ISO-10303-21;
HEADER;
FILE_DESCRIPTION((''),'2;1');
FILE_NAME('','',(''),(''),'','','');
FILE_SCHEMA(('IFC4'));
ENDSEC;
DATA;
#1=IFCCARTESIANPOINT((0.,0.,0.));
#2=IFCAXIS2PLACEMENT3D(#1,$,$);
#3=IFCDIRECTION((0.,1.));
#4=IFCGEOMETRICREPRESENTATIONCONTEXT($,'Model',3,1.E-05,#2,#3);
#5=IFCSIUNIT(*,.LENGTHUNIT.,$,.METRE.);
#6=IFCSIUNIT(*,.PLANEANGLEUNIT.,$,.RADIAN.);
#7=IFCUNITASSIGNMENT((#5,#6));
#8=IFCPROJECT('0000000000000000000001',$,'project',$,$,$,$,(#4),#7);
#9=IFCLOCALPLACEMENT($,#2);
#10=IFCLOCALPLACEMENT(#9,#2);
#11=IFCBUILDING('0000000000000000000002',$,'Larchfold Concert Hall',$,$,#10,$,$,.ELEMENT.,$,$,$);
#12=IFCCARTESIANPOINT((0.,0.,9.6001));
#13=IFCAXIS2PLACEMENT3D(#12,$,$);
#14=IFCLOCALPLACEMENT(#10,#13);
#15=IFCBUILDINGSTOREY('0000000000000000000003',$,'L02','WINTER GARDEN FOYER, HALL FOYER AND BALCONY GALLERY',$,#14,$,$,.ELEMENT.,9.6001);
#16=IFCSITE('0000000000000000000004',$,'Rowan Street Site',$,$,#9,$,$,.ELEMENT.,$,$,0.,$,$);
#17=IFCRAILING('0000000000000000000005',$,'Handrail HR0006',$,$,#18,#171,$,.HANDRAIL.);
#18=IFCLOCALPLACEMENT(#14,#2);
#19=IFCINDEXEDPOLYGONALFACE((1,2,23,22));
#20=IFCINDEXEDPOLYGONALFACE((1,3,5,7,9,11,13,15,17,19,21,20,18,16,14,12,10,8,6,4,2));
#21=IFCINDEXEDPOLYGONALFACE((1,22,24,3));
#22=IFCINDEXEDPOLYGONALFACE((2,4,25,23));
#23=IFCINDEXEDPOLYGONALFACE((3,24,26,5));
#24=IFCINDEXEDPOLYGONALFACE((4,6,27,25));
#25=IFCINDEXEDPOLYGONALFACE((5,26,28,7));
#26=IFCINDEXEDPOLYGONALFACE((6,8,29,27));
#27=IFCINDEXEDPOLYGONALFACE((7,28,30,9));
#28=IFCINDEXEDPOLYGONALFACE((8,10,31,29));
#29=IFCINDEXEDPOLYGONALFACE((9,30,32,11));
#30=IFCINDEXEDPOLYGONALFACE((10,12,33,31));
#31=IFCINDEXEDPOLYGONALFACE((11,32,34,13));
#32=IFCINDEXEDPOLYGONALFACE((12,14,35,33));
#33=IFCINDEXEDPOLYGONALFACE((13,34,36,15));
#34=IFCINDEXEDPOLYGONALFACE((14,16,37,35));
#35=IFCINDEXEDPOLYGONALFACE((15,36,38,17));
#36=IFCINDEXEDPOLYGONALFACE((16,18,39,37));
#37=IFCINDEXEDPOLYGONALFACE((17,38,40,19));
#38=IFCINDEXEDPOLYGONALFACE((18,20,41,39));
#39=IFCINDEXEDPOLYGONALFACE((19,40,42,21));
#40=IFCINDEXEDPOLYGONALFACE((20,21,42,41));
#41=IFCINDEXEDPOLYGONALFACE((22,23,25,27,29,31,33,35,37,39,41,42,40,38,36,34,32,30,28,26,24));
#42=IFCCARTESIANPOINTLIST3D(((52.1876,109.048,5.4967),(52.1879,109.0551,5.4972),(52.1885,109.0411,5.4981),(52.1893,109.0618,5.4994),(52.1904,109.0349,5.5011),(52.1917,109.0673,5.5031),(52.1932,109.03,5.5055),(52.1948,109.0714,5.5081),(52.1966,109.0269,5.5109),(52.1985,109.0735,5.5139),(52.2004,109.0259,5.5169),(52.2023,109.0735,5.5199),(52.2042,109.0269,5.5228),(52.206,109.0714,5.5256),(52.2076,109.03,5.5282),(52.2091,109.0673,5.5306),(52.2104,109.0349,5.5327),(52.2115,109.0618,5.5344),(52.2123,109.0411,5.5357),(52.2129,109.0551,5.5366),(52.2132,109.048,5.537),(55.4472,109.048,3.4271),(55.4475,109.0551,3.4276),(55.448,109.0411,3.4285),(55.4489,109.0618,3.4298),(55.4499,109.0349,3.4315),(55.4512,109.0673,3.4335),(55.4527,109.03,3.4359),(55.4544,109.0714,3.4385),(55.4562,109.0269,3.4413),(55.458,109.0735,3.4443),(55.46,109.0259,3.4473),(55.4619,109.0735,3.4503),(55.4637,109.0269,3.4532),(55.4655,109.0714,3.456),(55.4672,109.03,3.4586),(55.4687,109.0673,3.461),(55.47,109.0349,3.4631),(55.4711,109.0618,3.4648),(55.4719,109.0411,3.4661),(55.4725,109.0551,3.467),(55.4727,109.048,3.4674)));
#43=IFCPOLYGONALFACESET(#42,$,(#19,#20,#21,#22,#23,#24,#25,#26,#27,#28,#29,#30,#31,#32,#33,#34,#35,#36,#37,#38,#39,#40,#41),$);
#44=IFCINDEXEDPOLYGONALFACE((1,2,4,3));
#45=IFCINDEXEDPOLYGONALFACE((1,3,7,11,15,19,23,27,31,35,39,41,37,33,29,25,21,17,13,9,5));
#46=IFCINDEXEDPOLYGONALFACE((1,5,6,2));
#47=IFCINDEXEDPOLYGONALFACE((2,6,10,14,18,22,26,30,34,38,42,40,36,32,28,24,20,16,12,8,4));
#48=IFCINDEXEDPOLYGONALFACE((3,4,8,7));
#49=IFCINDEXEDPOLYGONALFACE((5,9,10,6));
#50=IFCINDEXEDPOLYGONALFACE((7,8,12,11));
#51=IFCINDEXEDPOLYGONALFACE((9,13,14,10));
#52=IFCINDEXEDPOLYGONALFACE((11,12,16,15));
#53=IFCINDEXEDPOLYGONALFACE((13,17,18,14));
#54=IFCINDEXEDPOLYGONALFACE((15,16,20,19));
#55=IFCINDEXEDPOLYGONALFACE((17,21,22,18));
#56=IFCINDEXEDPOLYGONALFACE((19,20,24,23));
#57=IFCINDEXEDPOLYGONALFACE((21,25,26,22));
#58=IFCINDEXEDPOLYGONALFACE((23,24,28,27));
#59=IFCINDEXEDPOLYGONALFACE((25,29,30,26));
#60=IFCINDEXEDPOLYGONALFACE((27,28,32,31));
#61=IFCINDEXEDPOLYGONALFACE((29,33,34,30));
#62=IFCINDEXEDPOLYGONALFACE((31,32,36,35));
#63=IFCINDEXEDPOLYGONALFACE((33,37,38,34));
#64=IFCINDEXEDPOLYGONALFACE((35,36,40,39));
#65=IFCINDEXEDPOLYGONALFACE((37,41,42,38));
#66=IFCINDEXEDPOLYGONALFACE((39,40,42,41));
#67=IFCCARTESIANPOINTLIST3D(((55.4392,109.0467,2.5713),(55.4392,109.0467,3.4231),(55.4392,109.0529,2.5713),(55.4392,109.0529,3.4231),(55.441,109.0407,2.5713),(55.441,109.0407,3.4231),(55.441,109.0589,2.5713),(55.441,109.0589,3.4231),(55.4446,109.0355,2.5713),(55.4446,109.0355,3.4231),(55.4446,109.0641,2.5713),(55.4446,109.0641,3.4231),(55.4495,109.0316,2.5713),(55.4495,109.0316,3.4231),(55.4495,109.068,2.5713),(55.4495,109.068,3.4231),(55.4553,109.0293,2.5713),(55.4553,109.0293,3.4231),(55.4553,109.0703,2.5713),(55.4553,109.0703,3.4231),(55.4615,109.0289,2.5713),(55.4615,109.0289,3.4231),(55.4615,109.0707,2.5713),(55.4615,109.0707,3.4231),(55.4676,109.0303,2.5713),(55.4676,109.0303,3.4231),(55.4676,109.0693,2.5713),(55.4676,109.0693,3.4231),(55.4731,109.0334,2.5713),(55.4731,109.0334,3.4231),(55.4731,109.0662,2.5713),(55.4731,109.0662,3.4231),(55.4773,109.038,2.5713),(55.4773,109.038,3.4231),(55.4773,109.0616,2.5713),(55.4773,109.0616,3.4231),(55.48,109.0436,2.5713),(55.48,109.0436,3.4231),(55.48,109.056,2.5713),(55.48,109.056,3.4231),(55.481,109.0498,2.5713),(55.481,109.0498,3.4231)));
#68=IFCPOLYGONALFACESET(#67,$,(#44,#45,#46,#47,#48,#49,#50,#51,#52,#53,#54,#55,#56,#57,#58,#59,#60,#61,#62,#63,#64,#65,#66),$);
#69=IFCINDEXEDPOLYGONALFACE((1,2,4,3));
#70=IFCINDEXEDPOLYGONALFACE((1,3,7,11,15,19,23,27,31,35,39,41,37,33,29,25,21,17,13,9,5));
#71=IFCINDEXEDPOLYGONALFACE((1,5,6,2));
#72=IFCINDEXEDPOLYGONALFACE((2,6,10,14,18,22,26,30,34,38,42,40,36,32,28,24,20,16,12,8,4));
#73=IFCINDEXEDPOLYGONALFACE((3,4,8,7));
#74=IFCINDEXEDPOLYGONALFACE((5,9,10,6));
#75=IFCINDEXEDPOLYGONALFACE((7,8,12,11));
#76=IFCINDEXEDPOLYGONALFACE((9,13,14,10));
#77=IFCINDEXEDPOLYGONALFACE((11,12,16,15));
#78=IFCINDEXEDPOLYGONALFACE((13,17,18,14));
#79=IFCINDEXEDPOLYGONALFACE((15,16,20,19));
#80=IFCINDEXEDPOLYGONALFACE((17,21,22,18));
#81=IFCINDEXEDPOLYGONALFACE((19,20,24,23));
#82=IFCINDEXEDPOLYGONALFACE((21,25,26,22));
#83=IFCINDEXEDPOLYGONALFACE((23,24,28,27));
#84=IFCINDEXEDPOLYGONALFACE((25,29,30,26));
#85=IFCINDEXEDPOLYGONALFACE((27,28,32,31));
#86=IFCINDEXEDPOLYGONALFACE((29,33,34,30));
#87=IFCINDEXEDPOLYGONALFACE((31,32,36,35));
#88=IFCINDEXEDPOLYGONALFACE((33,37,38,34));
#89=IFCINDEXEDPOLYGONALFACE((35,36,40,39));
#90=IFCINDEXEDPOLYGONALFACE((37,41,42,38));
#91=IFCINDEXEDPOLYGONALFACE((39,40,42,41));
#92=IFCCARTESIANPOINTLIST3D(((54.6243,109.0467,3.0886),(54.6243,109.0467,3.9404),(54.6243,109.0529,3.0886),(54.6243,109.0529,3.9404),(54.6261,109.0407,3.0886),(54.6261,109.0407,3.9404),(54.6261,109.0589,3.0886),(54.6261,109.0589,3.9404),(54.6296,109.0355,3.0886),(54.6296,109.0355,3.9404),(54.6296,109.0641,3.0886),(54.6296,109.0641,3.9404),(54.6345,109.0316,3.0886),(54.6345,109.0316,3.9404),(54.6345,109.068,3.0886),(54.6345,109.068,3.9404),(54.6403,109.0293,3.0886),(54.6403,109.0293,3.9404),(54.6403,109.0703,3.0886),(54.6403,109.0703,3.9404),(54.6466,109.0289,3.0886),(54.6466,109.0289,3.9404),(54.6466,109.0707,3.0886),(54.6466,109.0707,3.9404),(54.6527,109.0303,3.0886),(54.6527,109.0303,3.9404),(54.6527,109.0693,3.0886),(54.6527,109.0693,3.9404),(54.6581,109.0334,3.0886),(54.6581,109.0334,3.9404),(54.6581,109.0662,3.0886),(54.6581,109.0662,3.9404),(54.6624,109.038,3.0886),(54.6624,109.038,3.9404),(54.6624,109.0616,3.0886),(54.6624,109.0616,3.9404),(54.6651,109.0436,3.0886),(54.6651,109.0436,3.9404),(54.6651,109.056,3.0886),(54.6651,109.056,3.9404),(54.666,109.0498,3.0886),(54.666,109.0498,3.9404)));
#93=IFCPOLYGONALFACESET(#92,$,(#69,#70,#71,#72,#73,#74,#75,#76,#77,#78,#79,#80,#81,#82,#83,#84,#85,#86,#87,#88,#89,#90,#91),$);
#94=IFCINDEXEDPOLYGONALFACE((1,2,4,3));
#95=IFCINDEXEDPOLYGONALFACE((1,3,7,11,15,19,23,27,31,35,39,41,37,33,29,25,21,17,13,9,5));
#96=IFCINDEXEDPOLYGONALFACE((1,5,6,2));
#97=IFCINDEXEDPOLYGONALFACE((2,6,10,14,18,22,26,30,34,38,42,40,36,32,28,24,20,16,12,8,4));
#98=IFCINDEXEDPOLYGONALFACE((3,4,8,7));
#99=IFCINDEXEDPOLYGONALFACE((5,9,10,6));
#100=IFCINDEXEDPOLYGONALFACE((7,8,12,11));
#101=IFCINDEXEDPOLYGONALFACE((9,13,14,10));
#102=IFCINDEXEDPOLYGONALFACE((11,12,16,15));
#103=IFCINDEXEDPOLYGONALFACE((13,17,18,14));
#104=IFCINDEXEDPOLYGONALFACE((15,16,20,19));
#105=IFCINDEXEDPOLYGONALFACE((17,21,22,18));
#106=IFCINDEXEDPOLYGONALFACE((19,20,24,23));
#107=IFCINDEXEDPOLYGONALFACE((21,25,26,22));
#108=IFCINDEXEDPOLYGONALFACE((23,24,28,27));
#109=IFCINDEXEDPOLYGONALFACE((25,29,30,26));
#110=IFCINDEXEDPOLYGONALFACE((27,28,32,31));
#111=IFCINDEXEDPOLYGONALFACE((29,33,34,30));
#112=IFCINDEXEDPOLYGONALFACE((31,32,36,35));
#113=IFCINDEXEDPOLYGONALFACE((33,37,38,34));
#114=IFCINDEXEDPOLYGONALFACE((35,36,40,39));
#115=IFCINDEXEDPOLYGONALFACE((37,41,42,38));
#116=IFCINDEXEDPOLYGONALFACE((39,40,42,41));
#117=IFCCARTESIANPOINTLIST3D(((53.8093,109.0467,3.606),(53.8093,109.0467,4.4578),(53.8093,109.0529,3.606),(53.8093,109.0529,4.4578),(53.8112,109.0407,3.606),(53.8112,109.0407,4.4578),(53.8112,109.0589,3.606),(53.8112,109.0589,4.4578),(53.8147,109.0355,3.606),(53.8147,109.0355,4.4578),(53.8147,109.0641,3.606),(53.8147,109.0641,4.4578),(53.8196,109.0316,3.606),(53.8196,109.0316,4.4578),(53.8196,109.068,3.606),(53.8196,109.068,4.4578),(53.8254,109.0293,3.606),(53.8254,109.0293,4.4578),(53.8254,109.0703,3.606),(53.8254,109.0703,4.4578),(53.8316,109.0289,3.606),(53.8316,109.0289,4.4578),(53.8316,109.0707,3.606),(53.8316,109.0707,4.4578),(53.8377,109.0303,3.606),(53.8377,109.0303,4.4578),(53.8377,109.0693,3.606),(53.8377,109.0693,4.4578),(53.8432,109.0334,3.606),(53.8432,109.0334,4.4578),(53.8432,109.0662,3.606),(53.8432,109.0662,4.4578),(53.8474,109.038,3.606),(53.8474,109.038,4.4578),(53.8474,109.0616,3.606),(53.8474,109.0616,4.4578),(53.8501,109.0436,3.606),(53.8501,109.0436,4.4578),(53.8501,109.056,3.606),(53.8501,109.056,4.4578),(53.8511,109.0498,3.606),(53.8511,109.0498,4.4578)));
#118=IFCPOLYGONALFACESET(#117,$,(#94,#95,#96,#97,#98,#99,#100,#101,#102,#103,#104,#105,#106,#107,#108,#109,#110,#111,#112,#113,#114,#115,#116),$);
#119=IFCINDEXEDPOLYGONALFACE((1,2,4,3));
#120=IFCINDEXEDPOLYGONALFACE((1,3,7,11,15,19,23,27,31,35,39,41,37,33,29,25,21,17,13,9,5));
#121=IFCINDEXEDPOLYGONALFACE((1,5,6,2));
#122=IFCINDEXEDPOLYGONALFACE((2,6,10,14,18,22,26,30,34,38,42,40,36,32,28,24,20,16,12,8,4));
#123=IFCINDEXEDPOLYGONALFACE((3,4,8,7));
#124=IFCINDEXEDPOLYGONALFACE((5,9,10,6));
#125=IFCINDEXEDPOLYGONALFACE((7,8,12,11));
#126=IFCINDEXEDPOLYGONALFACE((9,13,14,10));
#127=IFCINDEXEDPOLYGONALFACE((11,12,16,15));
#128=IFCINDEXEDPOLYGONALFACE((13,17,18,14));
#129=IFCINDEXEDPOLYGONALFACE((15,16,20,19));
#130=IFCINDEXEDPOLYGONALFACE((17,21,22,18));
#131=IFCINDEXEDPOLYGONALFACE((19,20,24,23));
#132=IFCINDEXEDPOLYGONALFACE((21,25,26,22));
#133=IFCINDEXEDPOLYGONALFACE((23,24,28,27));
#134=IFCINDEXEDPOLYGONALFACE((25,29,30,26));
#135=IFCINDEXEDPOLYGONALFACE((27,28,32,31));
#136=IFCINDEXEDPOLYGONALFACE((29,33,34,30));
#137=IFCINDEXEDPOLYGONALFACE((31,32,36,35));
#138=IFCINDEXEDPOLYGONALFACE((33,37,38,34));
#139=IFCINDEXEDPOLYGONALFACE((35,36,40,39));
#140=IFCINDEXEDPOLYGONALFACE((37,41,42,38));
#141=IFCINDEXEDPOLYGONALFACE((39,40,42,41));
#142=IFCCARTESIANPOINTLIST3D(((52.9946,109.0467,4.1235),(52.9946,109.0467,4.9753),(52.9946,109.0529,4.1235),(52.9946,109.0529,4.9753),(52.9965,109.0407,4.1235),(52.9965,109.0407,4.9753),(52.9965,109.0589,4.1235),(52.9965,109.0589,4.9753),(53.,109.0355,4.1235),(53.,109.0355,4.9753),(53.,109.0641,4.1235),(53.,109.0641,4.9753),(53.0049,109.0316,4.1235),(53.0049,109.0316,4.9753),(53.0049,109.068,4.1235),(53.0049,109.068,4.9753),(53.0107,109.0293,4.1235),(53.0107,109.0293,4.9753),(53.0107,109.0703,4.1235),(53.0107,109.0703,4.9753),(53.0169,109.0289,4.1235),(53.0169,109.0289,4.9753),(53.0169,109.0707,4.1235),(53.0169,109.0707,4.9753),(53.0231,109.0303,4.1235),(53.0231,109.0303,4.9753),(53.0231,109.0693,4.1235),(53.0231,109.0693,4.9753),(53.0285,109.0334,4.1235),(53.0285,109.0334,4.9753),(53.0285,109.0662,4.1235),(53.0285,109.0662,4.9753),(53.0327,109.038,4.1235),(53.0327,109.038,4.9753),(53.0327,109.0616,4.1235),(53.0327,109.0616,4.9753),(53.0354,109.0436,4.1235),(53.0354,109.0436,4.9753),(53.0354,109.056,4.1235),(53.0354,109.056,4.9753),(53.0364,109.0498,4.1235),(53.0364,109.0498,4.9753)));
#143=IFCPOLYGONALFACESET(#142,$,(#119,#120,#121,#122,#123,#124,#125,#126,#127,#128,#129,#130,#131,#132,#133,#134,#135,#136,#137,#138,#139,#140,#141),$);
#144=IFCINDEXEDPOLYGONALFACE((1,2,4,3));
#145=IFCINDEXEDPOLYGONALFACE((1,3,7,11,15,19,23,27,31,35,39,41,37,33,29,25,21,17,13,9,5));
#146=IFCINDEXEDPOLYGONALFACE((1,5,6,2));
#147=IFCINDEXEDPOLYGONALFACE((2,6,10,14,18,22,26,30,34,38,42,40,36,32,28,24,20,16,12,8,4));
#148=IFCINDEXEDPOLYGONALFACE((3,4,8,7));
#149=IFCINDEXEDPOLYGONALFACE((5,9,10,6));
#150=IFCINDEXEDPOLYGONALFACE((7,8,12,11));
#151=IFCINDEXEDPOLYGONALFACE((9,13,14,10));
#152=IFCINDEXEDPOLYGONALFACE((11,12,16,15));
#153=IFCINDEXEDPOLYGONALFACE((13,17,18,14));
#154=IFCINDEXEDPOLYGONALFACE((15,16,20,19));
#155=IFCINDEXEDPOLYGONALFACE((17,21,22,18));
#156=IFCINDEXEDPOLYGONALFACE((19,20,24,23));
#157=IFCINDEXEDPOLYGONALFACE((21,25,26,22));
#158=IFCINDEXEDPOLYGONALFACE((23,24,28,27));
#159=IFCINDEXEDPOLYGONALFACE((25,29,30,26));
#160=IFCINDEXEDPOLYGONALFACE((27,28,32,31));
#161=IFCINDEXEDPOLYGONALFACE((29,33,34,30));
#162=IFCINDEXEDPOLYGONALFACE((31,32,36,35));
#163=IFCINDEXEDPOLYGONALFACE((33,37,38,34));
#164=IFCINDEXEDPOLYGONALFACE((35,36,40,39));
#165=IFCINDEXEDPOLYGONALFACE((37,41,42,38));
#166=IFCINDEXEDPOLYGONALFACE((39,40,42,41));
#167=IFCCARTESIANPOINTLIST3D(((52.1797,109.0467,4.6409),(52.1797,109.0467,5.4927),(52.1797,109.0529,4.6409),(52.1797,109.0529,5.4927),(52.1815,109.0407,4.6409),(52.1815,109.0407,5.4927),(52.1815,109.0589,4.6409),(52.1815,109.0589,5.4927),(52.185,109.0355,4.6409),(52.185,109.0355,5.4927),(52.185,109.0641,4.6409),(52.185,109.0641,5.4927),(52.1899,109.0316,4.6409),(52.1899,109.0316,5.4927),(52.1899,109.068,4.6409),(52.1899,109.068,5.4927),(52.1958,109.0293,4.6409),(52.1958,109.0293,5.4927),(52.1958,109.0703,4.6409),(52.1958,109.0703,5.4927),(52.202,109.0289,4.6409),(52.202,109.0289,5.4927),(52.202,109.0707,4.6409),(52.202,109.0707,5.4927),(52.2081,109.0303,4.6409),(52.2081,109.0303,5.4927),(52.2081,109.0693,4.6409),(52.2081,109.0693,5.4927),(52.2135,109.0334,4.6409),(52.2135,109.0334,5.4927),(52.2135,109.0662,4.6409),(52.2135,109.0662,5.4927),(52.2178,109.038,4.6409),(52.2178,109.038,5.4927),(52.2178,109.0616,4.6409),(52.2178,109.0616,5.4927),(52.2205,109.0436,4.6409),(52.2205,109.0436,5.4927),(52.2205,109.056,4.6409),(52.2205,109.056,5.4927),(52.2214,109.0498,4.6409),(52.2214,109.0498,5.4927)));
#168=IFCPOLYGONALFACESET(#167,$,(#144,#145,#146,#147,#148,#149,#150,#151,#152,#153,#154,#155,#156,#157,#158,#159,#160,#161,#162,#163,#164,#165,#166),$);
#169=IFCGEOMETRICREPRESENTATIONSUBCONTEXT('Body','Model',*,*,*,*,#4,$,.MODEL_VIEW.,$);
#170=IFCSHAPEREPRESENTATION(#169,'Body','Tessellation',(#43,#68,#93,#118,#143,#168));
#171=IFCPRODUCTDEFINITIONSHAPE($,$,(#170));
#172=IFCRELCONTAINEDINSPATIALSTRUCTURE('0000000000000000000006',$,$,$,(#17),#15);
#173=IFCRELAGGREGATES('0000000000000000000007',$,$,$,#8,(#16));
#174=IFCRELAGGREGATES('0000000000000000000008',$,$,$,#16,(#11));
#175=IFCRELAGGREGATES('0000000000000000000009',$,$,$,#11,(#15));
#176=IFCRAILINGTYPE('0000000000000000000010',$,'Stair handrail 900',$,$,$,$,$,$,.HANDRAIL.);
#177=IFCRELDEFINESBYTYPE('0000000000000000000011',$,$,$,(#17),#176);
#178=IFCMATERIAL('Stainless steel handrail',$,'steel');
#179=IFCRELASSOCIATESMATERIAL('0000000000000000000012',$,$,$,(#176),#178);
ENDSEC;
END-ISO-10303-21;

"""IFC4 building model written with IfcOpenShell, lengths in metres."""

from ifc_helpers import new_model, si_unit, direction, frame, origin, origin_2d, place, context, subcontext, project, spatial, circle, extrude, material, type_object, element, save


model = new_model("IFC4")

# Units and contexts
model_context = context("Model", 3, precision=1e-05, world=origin(), true_north=direction((0.0, 1.0)))
body_context = subcontext(model_context, "Body", "Model", "MODEL_VIEW")
ifc_project = project(units=[si_unit("LENGTHUNIT", "METRE"), si_unit("PLANEANGLEUNIT", "RADIAN")], contexts=[model_context])

# Site, building, storey
site_placement = place(None, origin())
site = spatial("IfcSite", under=ifc_project, at=site_placement, Name="Rowan Street Site", CompositionType="ELEMENT", RefElevation=0.0)
building_placement = place(site_placement, origin())
building = spatial("IfcBuilding", under=site, at=building_placement, Name="Larchfold Concert Hall", CompositionType="ELEMENT")
storey_placement = place(building_placement, frame((0.0, 0.0, 9.6001)))
storey = spatial("IfcBuildingStorey", under=building, at=storey_placement, Name="L02", Description="WINTER GARDEN FOYER, HALL FOYER AND BALCONY GALLERY", CompositionType="ELEMENT", Elevation=9.6001)

# Railing
ifc_material_1 = material(Name="Stainless steel handrail", Category="steel")
railing_type_1 = type_object("IfcRailingType", Name="Stair handrail 900", PredefinedType="HANDRAIL", material=ifc_material_1)
railing_1_placement = place(storey_placement, frame((55.46, 109.0498, 2.5713)))
element("IfcRailing", 1, at=railing_1_placement, inside=storey, type_object=railing_type_1, Name="Handrail HR0006", PredefinedType="HANDRAIL", context=body_context, shape_type="SweptSolid", body=[
    extrude(circle(Radius=0.0239, at=origin_2d()), frame((0.0, 0.0, 0.876), z_axis=(-0.844208, 0.0, 0.536016), x_axis=(0.0, -1.0, 0.0)), (0.0, 0.0, 1.0), 3.8611),
    extrude(circle(Radius=0.021, at=origin_2d()), origin(), (0.0, 0.0, 1.0), 0.8518),
    extrude(circle(Radius=0.021, at=origin_2d()), frame((-0.8149, 0.0, 0.5173)), (0.0, 0.0, 1.0), 0.8518),
    extrude(circle(Radius=0.021, at=origin_2d()), frame((-1.6299, 0.0, 1.0347)), (0.0, 0.0, 1.0), 0.8518),
    extrude(circle(Radius=0.021, at=origin_2d()), frame((-2.4446, 0.0, 1.5522)), (0.0, 0.0, 1.0), 0.8518),
    extrude(circle(Radius=0.021, at=origin_2d()), frame((-3.2595, 0.0, 2.0696)), (0.0, 0.0, 1.0), 0.8518),
])

save(model, "model.ifc")
